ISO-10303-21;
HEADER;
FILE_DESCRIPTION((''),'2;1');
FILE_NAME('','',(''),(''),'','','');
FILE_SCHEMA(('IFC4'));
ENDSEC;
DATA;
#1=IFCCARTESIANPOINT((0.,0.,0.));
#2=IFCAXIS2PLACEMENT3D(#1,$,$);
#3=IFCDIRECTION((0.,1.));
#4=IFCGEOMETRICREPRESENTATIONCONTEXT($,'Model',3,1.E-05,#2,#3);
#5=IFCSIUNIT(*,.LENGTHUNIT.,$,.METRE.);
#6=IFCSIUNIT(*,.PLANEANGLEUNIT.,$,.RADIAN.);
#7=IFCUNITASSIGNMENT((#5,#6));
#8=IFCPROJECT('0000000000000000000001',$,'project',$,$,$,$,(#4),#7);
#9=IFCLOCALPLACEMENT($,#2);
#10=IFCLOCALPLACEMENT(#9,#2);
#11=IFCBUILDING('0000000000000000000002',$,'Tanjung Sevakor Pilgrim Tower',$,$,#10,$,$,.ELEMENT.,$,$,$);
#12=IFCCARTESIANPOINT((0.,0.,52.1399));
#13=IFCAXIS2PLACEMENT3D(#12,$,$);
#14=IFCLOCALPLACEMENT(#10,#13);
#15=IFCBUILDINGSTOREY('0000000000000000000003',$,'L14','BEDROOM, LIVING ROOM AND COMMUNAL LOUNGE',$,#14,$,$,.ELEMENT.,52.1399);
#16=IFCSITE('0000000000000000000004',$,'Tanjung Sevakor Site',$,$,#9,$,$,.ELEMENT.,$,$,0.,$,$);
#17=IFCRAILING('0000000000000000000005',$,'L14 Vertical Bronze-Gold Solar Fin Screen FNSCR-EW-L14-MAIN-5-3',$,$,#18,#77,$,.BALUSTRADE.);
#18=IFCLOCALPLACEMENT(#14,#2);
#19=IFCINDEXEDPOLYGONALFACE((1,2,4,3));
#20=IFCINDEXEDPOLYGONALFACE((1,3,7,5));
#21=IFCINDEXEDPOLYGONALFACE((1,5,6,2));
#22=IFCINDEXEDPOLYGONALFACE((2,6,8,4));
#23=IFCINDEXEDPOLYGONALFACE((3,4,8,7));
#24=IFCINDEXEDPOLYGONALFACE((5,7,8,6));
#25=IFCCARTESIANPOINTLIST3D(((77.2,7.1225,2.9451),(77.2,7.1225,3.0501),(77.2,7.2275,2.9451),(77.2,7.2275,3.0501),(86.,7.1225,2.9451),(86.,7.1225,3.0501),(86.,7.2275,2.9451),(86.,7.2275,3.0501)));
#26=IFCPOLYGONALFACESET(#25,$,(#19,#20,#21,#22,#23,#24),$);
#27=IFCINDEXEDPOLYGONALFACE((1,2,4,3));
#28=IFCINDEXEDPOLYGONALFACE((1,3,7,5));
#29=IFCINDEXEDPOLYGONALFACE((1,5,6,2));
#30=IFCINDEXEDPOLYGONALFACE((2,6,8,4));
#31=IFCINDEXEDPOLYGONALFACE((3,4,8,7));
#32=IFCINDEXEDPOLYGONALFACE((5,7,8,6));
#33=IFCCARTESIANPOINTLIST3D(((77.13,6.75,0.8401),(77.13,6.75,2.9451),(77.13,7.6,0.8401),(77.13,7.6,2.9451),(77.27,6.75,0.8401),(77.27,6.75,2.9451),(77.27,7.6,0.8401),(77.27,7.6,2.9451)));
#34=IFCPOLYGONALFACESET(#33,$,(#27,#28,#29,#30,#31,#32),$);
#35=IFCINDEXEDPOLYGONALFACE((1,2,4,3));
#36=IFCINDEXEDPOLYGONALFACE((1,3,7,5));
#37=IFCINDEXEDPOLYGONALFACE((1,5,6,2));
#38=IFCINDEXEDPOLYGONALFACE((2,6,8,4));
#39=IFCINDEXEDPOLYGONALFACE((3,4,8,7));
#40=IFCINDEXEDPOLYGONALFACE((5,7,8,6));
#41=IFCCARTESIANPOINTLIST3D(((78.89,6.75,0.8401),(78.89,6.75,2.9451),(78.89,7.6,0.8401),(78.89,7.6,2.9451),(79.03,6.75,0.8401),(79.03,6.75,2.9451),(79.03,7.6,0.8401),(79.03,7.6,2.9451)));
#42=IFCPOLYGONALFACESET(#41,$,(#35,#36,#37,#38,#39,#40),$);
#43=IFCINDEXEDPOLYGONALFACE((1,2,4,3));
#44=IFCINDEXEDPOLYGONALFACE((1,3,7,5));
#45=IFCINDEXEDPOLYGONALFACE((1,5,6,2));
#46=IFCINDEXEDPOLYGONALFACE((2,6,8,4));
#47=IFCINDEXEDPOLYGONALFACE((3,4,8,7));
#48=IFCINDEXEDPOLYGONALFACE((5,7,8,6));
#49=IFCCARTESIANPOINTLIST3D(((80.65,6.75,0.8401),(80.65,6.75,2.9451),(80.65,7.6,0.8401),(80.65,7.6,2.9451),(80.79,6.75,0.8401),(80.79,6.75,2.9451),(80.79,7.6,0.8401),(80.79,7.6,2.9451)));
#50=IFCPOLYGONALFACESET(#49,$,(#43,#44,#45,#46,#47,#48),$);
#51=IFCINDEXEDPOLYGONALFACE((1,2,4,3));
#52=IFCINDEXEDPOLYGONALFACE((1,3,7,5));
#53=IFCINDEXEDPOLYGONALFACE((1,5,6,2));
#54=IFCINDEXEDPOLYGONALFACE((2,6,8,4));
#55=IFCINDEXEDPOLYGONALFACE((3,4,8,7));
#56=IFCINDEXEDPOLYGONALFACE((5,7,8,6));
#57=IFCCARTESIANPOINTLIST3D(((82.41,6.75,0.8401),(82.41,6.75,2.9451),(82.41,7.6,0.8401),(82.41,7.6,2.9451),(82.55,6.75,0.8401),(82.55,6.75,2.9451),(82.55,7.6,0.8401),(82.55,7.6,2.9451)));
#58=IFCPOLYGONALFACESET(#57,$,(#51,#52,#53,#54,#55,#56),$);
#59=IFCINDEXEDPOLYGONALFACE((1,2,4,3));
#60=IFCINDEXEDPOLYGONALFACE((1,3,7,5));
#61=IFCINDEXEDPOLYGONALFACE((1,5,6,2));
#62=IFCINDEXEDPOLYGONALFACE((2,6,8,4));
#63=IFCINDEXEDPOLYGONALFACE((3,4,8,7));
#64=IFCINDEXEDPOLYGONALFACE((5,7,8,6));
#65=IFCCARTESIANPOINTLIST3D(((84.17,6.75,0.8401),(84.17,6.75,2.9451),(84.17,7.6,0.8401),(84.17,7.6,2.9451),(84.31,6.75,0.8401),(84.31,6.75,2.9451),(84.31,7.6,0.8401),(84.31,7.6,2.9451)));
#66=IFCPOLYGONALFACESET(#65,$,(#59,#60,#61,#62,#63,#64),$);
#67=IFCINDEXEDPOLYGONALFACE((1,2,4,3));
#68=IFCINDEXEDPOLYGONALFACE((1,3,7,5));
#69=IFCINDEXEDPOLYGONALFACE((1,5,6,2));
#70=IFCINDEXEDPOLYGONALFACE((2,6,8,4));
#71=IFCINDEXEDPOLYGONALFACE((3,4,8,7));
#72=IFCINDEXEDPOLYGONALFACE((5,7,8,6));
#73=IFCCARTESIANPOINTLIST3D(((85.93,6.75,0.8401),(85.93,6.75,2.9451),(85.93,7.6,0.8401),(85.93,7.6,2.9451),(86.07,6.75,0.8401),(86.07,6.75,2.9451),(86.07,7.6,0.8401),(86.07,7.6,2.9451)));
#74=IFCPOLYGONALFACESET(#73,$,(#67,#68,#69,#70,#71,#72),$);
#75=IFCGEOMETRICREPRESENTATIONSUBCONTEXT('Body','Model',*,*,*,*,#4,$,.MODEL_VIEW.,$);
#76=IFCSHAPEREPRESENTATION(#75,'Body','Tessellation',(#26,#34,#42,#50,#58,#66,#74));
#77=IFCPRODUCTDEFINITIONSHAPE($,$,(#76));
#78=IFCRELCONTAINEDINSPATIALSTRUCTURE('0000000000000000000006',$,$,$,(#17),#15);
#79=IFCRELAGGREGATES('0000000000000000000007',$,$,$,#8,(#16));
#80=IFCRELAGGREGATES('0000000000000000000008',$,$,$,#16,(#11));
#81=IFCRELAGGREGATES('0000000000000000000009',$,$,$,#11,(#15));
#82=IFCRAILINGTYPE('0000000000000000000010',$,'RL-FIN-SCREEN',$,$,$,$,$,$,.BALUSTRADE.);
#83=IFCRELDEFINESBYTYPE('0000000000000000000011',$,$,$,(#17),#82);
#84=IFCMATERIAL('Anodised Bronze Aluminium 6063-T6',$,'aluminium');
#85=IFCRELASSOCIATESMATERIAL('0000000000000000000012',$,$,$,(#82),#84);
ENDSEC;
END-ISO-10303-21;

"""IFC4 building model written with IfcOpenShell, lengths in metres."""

from ifc_helpers import new_model, si_unit, direction, frame, origin, place, context, subcontext, project, spatial, rectangle, extrude, material, type_object, element, save


model = new_model("IFC4")

# Units and contexts
model_context = context("Model", 3, precision=1e-05, world=origin(), true_north=direction((0.0, 1.0)))
body_context = subcontext(model_context, "Body", "Model", "MODEL_VIEW")
ifc_project = project(units=[si_unit("LENGTHUNIT", "METRE"), si_unit("PLANEANGLEUNIT", "RADIAN")], contexts=[model_context])

# Site, building, storey
site_placement = place(None, origin())
site = spatial("IfcSite", under=ifc_project, at=site_placement, Name="Tanjung Sevakor Site", CompositionType="ELEMENT", RefElevation=0.0)
building_placement = place(site_placement, origin())
building = spatial("IfcBuilding", under=site, at=building_placement, Name="Tanjung Sevakor Pilgrim Tower", CompositionType="ELEMENT")
storey_placement = place(building_placement, frame((0.0, 0.0, 52.1399)))
storey = spatial("IfcBuildingStorey", under=building, at=storey_placement, Name="L14", Description="BEDROOM, LIVING ROOM AND COMMUNAL LOUNGE", CompositionType="ELEMENT", Elevation=52.1399)

# Railing
ifc_material_1 = material(Name="Anodised Bronze Aluminium 6063-T6", Category="aluminium")
railing_type_1 = type_object("IfcRailingType", Name="RL-FIN-SCREEN", PredefinedType="BALUSTRADE", material=ifc_material_1)
railing_1_placement = place(storey_placement, frame((77.2, 7.175, 0.8401)))
element("IfcRailing", 1, at=railing_1_placement, inside=storey, type_object=railing_type_1, Name="L14 Vertical Bronze-Gold Solar Fin Screen FNSCR-EW-L14-MAIN-5-3", PredefinedType="BALUSTRADE", context=body_context, shape_type="SweptSolid", body=[
    extrude(rectangle(XDim=0.105, YDim=0.105), frame((0.0, 0.0, 2.1575), z_axis=(1.0, 0.0, 0.0), x_axis=(0.0, 1.0, 0.0)), (0.0, 0.0, 1.0), 8.8),
    extrude(rectangle(XDim=0.14, YDim=0.85), origin(), (0.0, 0.0, 1.0), 2.105),
    extrude(rectangle(XDim=0.14, YDim=0.85), frame((1.76, 0.0, 0.0)), (0.0, 0.0, 1.0), 2.105),
    extrude(rectangle(XDim=0.14, YDim=0.85), frame((3.52, 0.0, 0.0)), (0.0, 0.0, 1.0), 2.105),
    extrude(rectangle(XDim=0.14, YDim=0.85), frame((5.28, 0.0, 0.0)), (0.0, 0.0, 1.0), 2.105),
    extrude(rectangle(XDim=0.14, YDim=0.85), frame((7.04, 0.0, 0.0)), (0.0, 0.0, 1.0), 2.105),
    extrude(rectangle(XDim=0.14, YDim=0.85), frame((8.8, 0.0, 0.0)), (0.0, 0.0, 1.0), 2.105),
])

save(model, "model.ifc")
